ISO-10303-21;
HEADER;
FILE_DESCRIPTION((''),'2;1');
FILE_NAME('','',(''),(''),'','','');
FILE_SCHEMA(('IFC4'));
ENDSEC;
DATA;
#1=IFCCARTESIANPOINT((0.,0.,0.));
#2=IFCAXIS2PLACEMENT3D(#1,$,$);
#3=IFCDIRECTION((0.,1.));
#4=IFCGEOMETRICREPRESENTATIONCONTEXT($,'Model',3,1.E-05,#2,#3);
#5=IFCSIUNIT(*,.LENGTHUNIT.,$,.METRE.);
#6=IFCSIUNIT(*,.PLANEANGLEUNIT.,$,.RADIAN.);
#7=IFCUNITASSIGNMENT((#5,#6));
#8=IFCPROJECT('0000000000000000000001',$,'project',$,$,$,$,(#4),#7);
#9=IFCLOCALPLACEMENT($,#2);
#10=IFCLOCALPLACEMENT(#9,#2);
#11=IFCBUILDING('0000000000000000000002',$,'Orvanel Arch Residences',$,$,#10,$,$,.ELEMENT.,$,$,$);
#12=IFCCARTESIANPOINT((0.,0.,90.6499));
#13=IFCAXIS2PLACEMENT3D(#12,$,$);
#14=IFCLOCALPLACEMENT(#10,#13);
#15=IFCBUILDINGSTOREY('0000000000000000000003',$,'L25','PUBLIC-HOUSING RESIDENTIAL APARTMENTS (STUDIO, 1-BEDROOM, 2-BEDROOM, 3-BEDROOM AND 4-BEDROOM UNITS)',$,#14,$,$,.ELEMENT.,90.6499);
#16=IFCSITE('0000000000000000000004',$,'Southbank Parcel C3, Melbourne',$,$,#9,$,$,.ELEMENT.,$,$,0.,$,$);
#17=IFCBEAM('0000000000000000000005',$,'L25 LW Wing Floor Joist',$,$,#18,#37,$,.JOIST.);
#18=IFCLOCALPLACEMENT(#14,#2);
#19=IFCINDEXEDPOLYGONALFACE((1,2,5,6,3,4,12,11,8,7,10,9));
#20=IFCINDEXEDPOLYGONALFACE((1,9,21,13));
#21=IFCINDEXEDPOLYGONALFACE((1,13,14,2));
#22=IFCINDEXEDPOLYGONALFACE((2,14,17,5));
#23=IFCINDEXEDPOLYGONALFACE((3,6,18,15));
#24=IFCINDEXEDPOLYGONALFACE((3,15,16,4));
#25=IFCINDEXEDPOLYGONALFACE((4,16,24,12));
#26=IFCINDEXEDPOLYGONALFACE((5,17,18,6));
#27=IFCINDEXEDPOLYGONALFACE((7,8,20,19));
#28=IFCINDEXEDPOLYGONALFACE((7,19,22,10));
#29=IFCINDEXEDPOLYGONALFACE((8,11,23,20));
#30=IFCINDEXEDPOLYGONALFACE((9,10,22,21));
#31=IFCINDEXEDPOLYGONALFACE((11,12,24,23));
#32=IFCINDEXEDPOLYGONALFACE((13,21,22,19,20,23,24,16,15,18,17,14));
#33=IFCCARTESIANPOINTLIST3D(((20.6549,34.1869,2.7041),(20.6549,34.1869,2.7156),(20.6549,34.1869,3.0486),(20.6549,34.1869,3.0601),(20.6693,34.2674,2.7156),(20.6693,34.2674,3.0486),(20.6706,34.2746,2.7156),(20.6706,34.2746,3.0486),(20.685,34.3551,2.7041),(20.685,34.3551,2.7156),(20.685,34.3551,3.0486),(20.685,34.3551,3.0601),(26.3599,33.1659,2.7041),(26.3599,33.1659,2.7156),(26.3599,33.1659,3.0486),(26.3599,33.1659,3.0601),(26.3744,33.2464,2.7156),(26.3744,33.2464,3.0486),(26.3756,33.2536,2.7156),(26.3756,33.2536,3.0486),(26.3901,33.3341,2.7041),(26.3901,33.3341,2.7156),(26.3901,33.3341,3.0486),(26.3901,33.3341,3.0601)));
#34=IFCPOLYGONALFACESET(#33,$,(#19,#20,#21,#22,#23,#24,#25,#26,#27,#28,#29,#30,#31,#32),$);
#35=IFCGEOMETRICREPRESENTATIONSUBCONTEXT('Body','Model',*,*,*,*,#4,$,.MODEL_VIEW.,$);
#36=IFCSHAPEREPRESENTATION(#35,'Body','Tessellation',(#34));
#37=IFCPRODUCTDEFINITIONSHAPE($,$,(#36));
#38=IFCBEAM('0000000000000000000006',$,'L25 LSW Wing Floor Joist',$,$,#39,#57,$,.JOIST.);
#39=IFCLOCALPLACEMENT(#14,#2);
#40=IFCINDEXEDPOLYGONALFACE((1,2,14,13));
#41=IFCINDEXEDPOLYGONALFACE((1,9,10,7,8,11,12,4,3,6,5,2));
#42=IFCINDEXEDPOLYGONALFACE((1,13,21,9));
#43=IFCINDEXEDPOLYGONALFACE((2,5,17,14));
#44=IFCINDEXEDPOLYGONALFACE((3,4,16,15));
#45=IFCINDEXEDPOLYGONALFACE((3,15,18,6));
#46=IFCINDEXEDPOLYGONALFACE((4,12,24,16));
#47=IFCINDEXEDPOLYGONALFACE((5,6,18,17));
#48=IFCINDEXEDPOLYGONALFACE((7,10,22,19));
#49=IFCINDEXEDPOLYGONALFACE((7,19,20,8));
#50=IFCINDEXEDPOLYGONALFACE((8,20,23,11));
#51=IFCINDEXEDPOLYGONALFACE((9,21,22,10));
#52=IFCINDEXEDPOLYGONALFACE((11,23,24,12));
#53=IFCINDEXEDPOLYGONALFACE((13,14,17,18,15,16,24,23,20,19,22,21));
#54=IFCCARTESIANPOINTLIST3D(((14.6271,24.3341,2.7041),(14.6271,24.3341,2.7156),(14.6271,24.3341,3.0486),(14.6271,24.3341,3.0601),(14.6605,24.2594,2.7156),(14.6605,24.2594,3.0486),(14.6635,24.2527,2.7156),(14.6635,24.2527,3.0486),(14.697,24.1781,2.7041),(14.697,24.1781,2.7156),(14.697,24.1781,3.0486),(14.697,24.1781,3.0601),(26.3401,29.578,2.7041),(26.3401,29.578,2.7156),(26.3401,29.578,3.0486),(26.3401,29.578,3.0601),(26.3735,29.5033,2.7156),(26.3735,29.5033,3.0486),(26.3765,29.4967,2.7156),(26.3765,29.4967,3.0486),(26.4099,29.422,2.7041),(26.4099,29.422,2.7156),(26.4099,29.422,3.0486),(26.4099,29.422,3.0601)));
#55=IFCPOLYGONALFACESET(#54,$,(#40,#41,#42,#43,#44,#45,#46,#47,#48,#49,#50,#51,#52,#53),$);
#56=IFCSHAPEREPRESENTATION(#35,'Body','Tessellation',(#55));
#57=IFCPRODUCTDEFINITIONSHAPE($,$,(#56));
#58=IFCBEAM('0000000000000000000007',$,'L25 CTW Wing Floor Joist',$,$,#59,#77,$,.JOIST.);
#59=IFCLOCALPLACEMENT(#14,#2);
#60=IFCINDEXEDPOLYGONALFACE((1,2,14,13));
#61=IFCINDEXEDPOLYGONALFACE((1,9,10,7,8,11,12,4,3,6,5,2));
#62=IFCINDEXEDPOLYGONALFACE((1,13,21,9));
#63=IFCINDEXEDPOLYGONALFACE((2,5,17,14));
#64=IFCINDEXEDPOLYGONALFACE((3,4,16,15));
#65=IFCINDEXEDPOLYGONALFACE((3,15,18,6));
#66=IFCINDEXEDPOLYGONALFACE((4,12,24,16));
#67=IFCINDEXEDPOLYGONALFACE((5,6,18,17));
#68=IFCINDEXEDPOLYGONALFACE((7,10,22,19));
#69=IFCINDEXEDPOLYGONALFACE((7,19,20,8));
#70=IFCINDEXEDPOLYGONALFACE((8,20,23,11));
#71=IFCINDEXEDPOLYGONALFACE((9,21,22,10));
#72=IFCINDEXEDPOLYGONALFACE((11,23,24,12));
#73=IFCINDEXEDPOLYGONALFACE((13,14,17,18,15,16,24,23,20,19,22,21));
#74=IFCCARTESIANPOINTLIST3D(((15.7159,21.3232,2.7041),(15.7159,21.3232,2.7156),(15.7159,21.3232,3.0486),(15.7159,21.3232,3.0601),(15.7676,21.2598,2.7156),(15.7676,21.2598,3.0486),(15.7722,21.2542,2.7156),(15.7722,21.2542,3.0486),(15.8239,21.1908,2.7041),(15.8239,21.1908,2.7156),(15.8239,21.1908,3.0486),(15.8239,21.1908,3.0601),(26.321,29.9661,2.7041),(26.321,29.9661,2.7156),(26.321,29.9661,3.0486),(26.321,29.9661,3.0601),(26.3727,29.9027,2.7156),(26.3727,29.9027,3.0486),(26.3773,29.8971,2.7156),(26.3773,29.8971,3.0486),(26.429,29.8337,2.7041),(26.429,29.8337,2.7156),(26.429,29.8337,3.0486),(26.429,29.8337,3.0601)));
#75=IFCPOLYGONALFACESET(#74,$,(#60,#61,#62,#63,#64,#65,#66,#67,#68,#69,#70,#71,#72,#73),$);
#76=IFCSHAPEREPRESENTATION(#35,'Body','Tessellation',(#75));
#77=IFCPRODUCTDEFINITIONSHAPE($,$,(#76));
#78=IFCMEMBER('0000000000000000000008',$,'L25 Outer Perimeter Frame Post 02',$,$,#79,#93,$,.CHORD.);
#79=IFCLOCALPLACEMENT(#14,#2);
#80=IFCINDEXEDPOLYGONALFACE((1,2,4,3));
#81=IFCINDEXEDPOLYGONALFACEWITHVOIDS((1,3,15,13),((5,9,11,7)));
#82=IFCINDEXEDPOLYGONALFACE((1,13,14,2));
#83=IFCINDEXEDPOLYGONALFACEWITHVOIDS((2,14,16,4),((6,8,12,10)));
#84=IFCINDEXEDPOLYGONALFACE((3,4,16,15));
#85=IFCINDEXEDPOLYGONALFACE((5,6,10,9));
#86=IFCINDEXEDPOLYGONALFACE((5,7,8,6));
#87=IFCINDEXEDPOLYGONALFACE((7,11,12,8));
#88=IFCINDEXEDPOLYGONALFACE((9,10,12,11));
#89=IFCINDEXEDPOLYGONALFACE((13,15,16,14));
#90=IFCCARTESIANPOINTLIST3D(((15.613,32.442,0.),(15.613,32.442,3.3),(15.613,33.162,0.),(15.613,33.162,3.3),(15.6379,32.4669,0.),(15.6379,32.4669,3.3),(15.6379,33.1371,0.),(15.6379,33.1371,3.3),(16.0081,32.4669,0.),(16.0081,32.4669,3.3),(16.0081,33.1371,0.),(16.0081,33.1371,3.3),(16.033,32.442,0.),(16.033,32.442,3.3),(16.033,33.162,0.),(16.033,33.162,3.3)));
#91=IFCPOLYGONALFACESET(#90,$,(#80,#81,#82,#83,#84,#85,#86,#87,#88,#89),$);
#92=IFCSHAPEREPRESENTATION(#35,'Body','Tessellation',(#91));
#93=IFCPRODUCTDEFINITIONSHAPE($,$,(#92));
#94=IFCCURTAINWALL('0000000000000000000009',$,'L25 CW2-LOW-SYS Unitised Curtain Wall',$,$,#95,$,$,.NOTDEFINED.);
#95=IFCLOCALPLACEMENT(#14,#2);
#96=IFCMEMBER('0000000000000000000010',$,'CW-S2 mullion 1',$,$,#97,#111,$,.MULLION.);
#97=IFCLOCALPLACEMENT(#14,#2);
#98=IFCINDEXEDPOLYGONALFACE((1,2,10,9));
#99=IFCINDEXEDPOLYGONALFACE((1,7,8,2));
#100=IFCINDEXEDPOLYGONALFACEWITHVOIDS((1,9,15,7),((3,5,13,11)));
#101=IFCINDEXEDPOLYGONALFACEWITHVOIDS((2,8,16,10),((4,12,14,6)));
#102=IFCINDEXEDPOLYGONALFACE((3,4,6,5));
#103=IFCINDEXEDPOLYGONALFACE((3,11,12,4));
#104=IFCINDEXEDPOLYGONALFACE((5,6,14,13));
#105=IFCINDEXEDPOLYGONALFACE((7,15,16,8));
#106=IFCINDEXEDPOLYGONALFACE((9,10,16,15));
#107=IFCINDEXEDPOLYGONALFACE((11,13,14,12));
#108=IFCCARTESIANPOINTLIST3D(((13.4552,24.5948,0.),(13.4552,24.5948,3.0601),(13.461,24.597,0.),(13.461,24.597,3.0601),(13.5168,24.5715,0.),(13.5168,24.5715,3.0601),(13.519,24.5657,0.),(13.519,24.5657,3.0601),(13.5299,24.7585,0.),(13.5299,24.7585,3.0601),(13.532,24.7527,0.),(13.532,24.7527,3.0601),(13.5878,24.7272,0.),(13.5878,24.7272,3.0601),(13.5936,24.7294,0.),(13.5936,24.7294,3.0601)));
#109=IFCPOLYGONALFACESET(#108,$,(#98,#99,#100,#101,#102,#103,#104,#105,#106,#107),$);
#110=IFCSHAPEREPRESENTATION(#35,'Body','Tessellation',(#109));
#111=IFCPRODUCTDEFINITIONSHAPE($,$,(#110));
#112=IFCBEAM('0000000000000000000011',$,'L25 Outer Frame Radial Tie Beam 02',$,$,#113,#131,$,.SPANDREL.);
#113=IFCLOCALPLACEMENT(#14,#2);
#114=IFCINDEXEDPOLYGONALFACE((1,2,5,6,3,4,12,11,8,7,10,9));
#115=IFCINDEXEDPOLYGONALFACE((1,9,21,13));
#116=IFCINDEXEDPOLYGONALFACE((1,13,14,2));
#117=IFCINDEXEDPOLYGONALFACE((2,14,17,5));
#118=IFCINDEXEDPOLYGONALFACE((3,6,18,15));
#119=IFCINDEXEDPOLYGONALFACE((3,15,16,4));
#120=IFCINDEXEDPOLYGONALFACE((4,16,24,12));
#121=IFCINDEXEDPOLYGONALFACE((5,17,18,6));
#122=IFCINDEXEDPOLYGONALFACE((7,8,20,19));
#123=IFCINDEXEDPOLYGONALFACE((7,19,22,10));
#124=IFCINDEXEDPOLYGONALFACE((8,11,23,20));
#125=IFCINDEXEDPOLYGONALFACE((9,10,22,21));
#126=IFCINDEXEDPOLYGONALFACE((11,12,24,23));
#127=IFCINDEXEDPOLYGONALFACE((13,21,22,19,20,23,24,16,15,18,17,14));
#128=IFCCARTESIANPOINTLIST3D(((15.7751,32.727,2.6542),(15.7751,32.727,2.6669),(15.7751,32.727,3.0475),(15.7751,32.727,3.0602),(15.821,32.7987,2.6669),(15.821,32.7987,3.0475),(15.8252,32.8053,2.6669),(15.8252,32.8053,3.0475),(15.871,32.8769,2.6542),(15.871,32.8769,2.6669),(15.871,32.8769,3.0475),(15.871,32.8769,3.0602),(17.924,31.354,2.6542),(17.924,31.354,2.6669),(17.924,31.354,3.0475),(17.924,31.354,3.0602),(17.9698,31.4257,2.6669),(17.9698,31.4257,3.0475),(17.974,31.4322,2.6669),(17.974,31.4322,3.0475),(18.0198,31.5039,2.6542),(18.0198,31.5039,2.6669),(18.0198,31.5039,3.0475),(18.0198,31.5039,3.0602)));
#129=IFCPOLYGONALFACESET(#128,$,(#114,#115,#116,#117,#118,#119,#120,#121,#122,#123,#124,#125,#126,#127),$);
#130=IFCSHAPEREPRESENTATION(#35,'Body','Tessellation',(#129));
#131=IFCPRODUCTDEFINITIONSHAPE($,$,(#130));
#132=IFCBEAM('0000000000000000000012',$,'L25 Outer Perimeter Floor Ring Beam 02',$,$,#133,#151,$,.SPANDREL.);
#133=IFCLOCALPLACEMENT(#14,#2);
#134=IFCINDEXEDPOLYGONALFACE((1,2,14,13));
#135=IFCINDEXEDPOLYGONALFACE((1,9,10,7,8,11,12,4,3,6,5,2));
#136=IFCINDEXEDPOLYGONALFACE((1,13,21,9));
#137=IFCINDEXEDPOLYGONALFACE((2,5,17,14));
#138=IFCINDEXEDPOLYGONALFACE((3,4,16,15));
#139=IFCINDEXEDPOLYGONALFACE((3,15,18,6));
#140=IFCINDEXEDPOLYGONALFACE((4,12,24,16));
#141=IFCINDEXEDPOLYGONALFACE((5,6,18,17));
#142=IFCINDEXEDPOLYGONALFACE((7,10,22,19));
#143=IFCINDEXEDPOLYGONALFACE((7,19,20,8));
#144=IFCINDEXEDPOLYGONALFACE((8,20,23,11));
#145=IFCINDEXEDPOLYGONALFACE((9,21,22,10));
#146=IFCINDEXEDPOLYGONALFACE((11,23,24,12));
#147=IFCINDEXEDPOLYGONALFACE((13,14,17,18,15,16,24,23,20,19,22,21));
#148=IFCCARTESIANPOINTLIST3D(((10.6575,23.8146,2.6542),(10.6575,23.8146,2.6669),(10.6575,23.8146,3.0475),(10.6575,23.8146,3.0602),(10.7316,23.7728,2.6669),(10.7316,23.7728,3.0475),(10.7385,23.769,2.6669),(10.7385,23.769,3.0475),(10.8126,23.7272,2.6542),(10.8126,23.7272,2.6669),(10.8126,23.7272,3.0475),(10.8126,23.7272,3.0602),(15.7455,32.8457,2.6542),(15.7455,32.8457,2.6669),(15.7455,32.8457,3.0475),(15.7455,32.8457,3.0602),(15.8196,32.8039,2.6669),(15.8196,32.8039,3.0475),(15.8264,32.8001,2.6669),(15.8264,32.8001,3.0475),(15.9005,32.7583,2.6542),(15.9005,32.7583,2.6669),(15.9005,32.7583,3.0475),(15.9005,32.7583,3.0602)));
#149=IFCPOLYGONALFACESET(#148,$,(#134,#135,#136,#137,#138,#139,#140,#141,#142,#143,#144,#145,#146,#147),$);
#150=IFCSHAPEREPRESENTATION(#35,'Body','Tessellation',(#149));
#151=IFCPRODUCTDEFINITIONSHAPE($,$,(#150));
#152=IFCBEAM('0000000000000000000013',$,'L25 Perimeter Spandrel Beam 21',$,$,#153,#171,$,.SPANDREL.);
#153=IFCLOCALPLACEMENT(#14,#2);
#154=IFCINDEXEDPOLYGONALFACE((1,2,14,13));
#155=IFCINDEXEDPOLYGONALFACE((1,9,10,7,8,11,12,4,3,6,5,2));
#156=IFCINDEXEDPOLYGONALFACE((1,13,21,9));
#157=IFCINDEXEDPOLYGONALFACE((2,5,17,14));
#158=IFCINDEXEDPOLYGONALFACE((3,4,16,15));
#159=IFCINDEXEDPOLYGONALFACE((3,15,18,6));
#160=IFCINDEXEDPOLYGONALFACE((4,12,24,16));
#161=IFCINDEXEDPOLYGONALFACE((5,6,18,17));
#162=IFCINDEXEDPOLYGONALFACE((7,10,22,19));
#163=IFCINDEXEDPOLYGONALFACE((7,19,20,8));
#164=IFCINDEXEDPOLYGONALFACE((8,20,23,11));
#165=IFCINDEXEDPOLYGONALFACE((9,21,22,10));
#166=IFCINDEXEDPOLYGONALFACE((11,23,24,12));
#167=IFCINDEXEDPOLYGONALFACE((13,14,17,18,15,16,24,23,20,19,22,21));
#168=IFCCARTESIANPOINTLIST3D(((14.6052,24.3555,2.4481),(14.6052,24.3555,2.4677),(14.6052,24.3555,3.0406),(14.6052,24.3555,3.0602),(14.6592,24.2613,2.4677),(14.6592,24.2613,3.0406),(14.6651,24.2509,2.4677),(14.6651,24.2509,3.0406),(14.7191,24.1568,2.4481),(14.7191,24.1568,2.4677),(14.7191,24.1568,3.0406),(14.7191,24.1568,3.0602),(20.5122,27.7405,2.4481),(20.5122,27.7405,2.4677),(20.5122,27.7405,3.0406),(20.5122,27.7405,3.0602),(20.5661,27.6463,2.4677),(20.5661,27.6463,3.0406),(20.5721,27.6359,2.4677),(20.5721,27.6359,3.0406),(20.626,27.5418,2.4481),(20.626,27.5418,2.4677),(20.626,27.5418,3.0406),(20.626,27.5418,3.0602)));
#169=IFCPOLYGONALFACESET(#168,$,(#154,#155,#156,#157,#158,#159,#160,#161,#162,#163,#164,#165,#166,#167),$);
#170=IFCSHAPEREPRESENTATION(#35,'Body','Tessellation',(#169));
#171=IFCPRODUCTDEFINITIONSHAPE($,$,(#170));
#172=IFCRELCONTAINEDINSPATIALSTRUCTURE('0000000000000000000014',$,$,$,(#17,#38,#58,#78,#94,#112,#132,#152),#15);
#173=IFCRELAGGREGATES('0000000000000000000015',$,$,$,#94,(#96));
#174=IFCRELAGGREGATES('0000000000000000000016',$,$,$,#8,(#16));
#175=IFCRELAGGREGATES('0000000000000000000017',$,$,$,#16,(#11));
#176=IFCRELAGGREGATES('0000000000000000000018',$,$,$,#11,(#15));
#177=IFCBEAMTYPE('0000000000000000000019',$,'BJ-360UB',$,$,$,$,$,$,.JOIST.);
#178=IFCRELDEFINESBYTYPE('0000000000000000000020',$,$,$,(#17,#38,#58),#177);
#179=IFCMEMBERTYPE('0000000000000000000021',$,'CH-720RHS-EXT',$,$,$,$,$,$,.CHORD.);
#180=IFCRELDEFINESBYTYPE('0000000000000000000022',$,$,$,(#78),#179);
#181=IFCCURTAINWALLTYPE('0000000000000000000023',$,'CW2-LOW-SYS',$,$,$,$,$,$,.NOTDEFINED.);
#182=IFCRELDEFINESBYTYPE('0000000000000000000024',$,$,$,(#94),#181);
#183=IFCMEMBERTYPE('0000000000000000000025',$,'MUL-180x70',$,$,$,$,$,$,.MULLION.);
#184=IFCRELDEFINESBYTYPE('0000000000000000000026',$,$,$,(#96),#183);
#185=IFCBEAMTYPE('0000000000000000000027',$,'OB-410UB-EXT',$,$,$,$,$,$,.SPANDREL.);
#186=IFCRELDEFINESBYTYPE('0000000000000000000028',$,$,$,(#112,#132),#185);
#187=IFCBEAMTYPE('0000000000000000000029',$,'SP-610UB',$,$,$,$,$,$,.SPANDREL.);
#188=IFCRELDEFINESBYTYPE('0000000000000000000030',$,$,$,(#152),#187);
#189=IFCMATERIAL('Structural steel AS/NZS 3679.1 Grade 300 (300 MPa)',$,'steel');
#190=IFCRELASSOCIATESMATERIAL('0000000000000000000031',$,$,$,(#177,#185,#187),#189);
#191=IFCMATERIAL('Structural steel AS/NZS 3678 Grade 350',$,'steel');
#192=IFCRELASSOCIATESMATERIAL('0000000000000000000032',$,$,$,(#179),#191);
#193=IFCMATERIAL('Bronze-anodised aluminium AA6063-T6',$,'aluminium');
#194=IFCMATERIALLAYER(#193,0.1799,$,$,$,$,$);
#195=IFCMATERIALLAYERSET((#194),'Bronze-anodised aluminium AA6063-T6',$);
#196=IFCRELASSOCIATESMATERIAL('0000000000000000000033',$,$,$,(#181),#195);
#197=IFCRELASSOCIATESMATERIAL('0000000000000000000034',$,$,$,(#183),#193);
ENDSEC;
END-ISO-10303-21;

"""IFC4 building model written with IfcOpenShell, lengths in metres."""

from ifc_helpers import new_model, si_unit, direction, frame, origin, origin_2d, place, context, subcontext, project, spatial, hollow_rectangle, i_section, extrude, material, layer, layer_set, material_profile, profile_set, type_object, element, aggregate, save


model = new_model("IFC4")

# Units and contexts
model_context = context("Model", 3, precision=1e-05, world=origin(), true_north=direction((0.0, 1.0)))
body_context = subcontext(model_context, "Body", "Model", "MODEL_VIEW")
ifc_project = project(units=[si_unit("LENGTHUNIT", "METRE"), si_unit("PLANEANGLEUNIT", "RADIAN")], contexts=[model_context])

# Site, building, storey
site_placement = place(None, origin())
site = spatial("IfcSite", under=ifc_project, at=site_placement, Name="Southbank Parcel C3, Melbourne", CompositionType="ELEMENT", RefElevation=0.0)
building_placement = place(site_placement, origin())
building = spatial("IfcBuilding", under=site, at=building_placement, Name="Orvanel Arch Residences", CompositionType="ELEMENT")
storey_placement = place(building_placement, frame((0.0, 0.0, 90.6499)))
storey = spatial("IfcBuildingStorey", under=building, at=storey_placement, Name="L25", Description="PUBLIC-HOUSING RESIDENTIAL APARTMENTS (STUDIO, 1-BEDROOM, 2-BEDROOM, 3-BEDROOM AND 4-BEDROOM UNITS)", CompositionType="ELEMENT", Elevation=90.6499)

# Beams
ifc_material_1 = material(Name="Structural steel AS/NZS 3679.1 Grade 300 (300 MPa)", Category="steel")
ifc_material_profile_1 = material_profile(ifc_material_1, i_section(OverallWidth=0.1709, OverallDepth=0.356, WebThickness=0.0073, FlangeThickness=0.0115, at=origin_2d()), Name="360UB50.7")
ifc_profile_set_1 = profile_set([ifc_material_profile_1], Name="Structural steel AS/NZS 3679.1 Grade 300 (300 MPa)")
beam_type_1 = type_object("IfcBeamType", Name="BJ-360UB", PredefinedType="JOIST", material=ifc_profile_set_1)
beam_1_placement = place(storey_placement, frame((26.375, 33.25, 2.8821), z_axis=(-0.984361, 0.176164, 0.0), x_axis=(-0.176164, -0.984361, 0.0)))
element("IfcBeam", 1, at=beam_1_placement, inside=storey, type_object=beam_type_1, Name="L25 LW Wing Floor Joist", PredefinedType="JOIST", context=body_context, shape_type="SweptSolid", body=[
    extrude(i_section(OverallWidth=0.1709, OverallDepth=0.356, WebThickness=0.0073, FlangeThickness=0.0115, at=origin_2d()), origin(), (0.0, 0.0, 1.0), 5.7957),
])
beam_2_placement = place(storey_placement, frame((26.375, 29.5, 2.8821), z_axis=(-0.912704, -0.408621, 0.0), x_axis=(0.408621, -0.912704, 0.0)))
element("IfcBeam", 2, at=beam_2_placement, inside=storey, type_object=beam_type_1, Name="L25 LSW Wing Floor Joist", PredefinedType="JOIST", context=body_context, shape_type="SweptSolid", body=[
    extrude(i_section(OverallWidth=0.1709, OverallDepth=0.356, WebThickness=0.0073, FlangeThickness=0.0115, at=origin_2d()), origin(), (0.0, 0.0, 1.0), 12.8333),
])
beam_3_placement = place(storey_placement, frame((26.375, 29.8999, 2.8821), z_axis=(-0.775173, -0.631749, 0.0), x_axis=(0.631749, -0.775173, 0.0)))
element("IfcBeam", 3, at=beam_3_placement, inside=storey, type_object=beam_type_1, Name="L25 CTW Wing Floor Joist", PredefinedType="JOIST", context=body_context, shape_type="SweptSolid", body=[
    extrude(i_section(OverallWidth=0.1709, OverallDepth=0.356, WebThickness=0.0073, FlangeThickness=0.0115, at=origin_2d()), origin(), (0.0, 0.0, 1.0), 13.6809),
])

# Member
ifc_material_2 = material(Name="Structural steel AS/NZS 3678 Grade 350", Category="steel")
ifc_material_profile_2 = material_profile(ifc_material_2, hollow_rectangle(XDim=0.4199, YDim=0.72, WallThickness=0.0249, at=origin_2d()), Name="RHS720x420x25")
ifc_profile_set_2 = profile_set([ifc_material_profile_2], Name="Structural steel AS/NZS 3678 Grade 350")
member_type_1 = type_object("IfcMemberType", Name="CH-720RHS-EXT", PredefinedType="CHORD", material=ifc_profile_set_2)
member_1_placement = place(storey_placement, frame((15.823, 32.802, 0.0), z_axis=(0.0, 0.0, 1.0), x_axis=(1.0, 0.0, 0.0)))
element("IfcMember", 4, at=member_1_placement, inside=storey, type_object=member_type_1, Name="L25 Outer Perimeter Frame Post 02", PredefinedType="CHORD", context=body_context, shape_type="SweptSolid", body=[
    extrude(hollow_rectangle(XDim=0.4199, YDim=0.72, WallThickness=0.0249, at=origin_2d()), origin(), (0.0, 0.0, 1.0), 3.3),
])

# Curtain wall, member
ifc_material_3 = material(Name="Bronze-anodised aluminium AA6063-T6", Category="aluminium")
ifc_layer_1 = layer(ifc_material_3, 0.1799)
ifc_layer_set_1 = layer_set([ifc_layer_1], Name="Bronze-anodised aluminium AA6063-T6")
curtain_wall_type = type_object("IfcCurtainWallType", Name="CW2-LOW-SYS", PredefinedType="NOTDEFINED", material=ifc_layer_set_1)
curtain_wall_placement = place(storey_placement, origin())
curtain_wall = element("IfcCurtainWall", 5, at=curtain_wall_placement, inside=storey, type_object=curtain_wall_type, Name="L25 CW2-LOW-SYS Unitised Curtain Wall", PredefinedType="NOTDEFINED")
ifc_material_profile_3 = material_profile(ifc_material_3, hollow_rectangle(XDim=0.0701, YDim=0.1799, WallThickness=0.0044, at=origin_2d()), Name="ALU180x70x4.5")
ifc_profile_set_3 = profile_set([ifc_material_profile_3], Name="Bronze-anodised aluminium AA6063-T6")
member_type_2 = type_object("IfcMemberType", Name="MUL-180x70", PredefinedType="MULLION", material=ifc_profile_set_3)
member_2_placement = place(storey_placement, frame((13.5244, 24.6621, 0.0), z_axis=(0.0, 0.0, 1.0), x_axis=(0.909823, -0.414996, 0.0)))
member_2 = element("IfcMember", 6, at=member_2_placement, type_object=member_type_2, Name="CW-S2 mullion 1", PredefinedType="MULLION", context=body_context, shape_type="SweptSolid", body=[
    extrude(hollow_rectangle(XDim=0.0701, YDim=0.1799, WallThickness=0.0044, at=origin_2d()), origin(), (0.0, 0.0, 1.0), 3.0601),
])

# Beams
ifc_material_profile_4 = material_profile(ifc_material_1, i_section(OverallWidth=0.178, OverallDepth=0.406, WebThickness=0.0078, FlangeThickness=0.0127, at=origin_2d()), Name="410UB59.7")
ifc_profile_set_4 = profile_set([ifc_material_profile_4], Name="Structural steel AS/NZS 3679.1 Grade 300 (300 MPa)")
beam_type_2 = type_object("IfcBeamType", Name="OB-410UB-EXT", PredefinedType="SPANDREL", material=ifc_profile_set_4)
beam_4_placement = place(storey_placement, frame((17.9719, 31.429, 2.8572), z_axis=(-0.842675, 0.538423, 0.0), x_axis=(-0.538423, -0.842675, 0.0)))
element("IfcBeam", 7, at=beam_4_placement, inside=storey, type_object=beam_type_2, Name="L25 Outer Frame Radial Tie Beam 02", PredefinedType="SPANDREL", context=body_context, shape_type="SweptSolid", body=[
    extrude(i_section(OverallWidth=0.178, OverallDepth=0.406, WebThickness=0.0078, FlangeThickness=0.0127, at=origin_2d()), origin(), (0.0, 0.0, 1.0), 2.55),
])
beam_5_placement = place(storey_placement, frame((15.823, 32.802, 2.8572), z_axis=(-0.490844, -0.871248, 0.0), x_axis=(0.871248, -0.490844, 0.0)))
element("IfcBeam", 8, at=beam_5_placement, inside=storey, type_object=beam_type_2, Name="L25 Outer Perimeter Floor Ring Beam 02", PredefinedType="SPANDREL", context=body_context, shape_type="SweptSolid", body=[
    extrude(i_section(OverallWidth=0.178, OverallDepth=0.406, WebThickness=0.0078, FlangeThickness=0.0127, at=origin_2d()), origin(), (0.0, 0.0, 1.0), 10.3657),
])
ifc_material_profile_5 = material_profile(ifc_material_1, i_section(OverallWidth=0.229, OverallDepth=0.6121, WebThickness=0.012, FlangeThickness=0.0195, at=origin_2d()), Name="610UB125")
ifc_profile_set_5 = profile_set([ifc_material_profile_5], Name="Structural steel AS/NZS 3679.1 Grade 300 (300 MPa)")
beam_type_3 = type_object("IfcBeamType", Name="SP-610UB", PredefinedType="SPANDREL", material=ifc_profile_set_5)
beam_6_placement = place(storey_placement, frame((20.5691, 27.6411, 2.7542), z_axis=(-0.867636, -0.497201, 0.0), x_axis=(0.497201, -0.867636, 0.0)))
element("IfcBeam", 9, at=beam_6_placement, inside=storey, type_object=beam_type_3, Name="L25 Perimeter Spandrel Beam 21", PredefinedType="SPANDREL", context=body_context, shape_type="SweptSolid", body=[
    extrude(i_section(OverallWidth=0.229, OverallDepth=0.6121, WebThickness=0.012, FlangeThickness=0.0195, at=origin_2d()), origin(), (0.0, 0.0, 1.0), 6.8081),
])

aggregate(curtain_wall, [member_2])

save(model, "model.ifc")
